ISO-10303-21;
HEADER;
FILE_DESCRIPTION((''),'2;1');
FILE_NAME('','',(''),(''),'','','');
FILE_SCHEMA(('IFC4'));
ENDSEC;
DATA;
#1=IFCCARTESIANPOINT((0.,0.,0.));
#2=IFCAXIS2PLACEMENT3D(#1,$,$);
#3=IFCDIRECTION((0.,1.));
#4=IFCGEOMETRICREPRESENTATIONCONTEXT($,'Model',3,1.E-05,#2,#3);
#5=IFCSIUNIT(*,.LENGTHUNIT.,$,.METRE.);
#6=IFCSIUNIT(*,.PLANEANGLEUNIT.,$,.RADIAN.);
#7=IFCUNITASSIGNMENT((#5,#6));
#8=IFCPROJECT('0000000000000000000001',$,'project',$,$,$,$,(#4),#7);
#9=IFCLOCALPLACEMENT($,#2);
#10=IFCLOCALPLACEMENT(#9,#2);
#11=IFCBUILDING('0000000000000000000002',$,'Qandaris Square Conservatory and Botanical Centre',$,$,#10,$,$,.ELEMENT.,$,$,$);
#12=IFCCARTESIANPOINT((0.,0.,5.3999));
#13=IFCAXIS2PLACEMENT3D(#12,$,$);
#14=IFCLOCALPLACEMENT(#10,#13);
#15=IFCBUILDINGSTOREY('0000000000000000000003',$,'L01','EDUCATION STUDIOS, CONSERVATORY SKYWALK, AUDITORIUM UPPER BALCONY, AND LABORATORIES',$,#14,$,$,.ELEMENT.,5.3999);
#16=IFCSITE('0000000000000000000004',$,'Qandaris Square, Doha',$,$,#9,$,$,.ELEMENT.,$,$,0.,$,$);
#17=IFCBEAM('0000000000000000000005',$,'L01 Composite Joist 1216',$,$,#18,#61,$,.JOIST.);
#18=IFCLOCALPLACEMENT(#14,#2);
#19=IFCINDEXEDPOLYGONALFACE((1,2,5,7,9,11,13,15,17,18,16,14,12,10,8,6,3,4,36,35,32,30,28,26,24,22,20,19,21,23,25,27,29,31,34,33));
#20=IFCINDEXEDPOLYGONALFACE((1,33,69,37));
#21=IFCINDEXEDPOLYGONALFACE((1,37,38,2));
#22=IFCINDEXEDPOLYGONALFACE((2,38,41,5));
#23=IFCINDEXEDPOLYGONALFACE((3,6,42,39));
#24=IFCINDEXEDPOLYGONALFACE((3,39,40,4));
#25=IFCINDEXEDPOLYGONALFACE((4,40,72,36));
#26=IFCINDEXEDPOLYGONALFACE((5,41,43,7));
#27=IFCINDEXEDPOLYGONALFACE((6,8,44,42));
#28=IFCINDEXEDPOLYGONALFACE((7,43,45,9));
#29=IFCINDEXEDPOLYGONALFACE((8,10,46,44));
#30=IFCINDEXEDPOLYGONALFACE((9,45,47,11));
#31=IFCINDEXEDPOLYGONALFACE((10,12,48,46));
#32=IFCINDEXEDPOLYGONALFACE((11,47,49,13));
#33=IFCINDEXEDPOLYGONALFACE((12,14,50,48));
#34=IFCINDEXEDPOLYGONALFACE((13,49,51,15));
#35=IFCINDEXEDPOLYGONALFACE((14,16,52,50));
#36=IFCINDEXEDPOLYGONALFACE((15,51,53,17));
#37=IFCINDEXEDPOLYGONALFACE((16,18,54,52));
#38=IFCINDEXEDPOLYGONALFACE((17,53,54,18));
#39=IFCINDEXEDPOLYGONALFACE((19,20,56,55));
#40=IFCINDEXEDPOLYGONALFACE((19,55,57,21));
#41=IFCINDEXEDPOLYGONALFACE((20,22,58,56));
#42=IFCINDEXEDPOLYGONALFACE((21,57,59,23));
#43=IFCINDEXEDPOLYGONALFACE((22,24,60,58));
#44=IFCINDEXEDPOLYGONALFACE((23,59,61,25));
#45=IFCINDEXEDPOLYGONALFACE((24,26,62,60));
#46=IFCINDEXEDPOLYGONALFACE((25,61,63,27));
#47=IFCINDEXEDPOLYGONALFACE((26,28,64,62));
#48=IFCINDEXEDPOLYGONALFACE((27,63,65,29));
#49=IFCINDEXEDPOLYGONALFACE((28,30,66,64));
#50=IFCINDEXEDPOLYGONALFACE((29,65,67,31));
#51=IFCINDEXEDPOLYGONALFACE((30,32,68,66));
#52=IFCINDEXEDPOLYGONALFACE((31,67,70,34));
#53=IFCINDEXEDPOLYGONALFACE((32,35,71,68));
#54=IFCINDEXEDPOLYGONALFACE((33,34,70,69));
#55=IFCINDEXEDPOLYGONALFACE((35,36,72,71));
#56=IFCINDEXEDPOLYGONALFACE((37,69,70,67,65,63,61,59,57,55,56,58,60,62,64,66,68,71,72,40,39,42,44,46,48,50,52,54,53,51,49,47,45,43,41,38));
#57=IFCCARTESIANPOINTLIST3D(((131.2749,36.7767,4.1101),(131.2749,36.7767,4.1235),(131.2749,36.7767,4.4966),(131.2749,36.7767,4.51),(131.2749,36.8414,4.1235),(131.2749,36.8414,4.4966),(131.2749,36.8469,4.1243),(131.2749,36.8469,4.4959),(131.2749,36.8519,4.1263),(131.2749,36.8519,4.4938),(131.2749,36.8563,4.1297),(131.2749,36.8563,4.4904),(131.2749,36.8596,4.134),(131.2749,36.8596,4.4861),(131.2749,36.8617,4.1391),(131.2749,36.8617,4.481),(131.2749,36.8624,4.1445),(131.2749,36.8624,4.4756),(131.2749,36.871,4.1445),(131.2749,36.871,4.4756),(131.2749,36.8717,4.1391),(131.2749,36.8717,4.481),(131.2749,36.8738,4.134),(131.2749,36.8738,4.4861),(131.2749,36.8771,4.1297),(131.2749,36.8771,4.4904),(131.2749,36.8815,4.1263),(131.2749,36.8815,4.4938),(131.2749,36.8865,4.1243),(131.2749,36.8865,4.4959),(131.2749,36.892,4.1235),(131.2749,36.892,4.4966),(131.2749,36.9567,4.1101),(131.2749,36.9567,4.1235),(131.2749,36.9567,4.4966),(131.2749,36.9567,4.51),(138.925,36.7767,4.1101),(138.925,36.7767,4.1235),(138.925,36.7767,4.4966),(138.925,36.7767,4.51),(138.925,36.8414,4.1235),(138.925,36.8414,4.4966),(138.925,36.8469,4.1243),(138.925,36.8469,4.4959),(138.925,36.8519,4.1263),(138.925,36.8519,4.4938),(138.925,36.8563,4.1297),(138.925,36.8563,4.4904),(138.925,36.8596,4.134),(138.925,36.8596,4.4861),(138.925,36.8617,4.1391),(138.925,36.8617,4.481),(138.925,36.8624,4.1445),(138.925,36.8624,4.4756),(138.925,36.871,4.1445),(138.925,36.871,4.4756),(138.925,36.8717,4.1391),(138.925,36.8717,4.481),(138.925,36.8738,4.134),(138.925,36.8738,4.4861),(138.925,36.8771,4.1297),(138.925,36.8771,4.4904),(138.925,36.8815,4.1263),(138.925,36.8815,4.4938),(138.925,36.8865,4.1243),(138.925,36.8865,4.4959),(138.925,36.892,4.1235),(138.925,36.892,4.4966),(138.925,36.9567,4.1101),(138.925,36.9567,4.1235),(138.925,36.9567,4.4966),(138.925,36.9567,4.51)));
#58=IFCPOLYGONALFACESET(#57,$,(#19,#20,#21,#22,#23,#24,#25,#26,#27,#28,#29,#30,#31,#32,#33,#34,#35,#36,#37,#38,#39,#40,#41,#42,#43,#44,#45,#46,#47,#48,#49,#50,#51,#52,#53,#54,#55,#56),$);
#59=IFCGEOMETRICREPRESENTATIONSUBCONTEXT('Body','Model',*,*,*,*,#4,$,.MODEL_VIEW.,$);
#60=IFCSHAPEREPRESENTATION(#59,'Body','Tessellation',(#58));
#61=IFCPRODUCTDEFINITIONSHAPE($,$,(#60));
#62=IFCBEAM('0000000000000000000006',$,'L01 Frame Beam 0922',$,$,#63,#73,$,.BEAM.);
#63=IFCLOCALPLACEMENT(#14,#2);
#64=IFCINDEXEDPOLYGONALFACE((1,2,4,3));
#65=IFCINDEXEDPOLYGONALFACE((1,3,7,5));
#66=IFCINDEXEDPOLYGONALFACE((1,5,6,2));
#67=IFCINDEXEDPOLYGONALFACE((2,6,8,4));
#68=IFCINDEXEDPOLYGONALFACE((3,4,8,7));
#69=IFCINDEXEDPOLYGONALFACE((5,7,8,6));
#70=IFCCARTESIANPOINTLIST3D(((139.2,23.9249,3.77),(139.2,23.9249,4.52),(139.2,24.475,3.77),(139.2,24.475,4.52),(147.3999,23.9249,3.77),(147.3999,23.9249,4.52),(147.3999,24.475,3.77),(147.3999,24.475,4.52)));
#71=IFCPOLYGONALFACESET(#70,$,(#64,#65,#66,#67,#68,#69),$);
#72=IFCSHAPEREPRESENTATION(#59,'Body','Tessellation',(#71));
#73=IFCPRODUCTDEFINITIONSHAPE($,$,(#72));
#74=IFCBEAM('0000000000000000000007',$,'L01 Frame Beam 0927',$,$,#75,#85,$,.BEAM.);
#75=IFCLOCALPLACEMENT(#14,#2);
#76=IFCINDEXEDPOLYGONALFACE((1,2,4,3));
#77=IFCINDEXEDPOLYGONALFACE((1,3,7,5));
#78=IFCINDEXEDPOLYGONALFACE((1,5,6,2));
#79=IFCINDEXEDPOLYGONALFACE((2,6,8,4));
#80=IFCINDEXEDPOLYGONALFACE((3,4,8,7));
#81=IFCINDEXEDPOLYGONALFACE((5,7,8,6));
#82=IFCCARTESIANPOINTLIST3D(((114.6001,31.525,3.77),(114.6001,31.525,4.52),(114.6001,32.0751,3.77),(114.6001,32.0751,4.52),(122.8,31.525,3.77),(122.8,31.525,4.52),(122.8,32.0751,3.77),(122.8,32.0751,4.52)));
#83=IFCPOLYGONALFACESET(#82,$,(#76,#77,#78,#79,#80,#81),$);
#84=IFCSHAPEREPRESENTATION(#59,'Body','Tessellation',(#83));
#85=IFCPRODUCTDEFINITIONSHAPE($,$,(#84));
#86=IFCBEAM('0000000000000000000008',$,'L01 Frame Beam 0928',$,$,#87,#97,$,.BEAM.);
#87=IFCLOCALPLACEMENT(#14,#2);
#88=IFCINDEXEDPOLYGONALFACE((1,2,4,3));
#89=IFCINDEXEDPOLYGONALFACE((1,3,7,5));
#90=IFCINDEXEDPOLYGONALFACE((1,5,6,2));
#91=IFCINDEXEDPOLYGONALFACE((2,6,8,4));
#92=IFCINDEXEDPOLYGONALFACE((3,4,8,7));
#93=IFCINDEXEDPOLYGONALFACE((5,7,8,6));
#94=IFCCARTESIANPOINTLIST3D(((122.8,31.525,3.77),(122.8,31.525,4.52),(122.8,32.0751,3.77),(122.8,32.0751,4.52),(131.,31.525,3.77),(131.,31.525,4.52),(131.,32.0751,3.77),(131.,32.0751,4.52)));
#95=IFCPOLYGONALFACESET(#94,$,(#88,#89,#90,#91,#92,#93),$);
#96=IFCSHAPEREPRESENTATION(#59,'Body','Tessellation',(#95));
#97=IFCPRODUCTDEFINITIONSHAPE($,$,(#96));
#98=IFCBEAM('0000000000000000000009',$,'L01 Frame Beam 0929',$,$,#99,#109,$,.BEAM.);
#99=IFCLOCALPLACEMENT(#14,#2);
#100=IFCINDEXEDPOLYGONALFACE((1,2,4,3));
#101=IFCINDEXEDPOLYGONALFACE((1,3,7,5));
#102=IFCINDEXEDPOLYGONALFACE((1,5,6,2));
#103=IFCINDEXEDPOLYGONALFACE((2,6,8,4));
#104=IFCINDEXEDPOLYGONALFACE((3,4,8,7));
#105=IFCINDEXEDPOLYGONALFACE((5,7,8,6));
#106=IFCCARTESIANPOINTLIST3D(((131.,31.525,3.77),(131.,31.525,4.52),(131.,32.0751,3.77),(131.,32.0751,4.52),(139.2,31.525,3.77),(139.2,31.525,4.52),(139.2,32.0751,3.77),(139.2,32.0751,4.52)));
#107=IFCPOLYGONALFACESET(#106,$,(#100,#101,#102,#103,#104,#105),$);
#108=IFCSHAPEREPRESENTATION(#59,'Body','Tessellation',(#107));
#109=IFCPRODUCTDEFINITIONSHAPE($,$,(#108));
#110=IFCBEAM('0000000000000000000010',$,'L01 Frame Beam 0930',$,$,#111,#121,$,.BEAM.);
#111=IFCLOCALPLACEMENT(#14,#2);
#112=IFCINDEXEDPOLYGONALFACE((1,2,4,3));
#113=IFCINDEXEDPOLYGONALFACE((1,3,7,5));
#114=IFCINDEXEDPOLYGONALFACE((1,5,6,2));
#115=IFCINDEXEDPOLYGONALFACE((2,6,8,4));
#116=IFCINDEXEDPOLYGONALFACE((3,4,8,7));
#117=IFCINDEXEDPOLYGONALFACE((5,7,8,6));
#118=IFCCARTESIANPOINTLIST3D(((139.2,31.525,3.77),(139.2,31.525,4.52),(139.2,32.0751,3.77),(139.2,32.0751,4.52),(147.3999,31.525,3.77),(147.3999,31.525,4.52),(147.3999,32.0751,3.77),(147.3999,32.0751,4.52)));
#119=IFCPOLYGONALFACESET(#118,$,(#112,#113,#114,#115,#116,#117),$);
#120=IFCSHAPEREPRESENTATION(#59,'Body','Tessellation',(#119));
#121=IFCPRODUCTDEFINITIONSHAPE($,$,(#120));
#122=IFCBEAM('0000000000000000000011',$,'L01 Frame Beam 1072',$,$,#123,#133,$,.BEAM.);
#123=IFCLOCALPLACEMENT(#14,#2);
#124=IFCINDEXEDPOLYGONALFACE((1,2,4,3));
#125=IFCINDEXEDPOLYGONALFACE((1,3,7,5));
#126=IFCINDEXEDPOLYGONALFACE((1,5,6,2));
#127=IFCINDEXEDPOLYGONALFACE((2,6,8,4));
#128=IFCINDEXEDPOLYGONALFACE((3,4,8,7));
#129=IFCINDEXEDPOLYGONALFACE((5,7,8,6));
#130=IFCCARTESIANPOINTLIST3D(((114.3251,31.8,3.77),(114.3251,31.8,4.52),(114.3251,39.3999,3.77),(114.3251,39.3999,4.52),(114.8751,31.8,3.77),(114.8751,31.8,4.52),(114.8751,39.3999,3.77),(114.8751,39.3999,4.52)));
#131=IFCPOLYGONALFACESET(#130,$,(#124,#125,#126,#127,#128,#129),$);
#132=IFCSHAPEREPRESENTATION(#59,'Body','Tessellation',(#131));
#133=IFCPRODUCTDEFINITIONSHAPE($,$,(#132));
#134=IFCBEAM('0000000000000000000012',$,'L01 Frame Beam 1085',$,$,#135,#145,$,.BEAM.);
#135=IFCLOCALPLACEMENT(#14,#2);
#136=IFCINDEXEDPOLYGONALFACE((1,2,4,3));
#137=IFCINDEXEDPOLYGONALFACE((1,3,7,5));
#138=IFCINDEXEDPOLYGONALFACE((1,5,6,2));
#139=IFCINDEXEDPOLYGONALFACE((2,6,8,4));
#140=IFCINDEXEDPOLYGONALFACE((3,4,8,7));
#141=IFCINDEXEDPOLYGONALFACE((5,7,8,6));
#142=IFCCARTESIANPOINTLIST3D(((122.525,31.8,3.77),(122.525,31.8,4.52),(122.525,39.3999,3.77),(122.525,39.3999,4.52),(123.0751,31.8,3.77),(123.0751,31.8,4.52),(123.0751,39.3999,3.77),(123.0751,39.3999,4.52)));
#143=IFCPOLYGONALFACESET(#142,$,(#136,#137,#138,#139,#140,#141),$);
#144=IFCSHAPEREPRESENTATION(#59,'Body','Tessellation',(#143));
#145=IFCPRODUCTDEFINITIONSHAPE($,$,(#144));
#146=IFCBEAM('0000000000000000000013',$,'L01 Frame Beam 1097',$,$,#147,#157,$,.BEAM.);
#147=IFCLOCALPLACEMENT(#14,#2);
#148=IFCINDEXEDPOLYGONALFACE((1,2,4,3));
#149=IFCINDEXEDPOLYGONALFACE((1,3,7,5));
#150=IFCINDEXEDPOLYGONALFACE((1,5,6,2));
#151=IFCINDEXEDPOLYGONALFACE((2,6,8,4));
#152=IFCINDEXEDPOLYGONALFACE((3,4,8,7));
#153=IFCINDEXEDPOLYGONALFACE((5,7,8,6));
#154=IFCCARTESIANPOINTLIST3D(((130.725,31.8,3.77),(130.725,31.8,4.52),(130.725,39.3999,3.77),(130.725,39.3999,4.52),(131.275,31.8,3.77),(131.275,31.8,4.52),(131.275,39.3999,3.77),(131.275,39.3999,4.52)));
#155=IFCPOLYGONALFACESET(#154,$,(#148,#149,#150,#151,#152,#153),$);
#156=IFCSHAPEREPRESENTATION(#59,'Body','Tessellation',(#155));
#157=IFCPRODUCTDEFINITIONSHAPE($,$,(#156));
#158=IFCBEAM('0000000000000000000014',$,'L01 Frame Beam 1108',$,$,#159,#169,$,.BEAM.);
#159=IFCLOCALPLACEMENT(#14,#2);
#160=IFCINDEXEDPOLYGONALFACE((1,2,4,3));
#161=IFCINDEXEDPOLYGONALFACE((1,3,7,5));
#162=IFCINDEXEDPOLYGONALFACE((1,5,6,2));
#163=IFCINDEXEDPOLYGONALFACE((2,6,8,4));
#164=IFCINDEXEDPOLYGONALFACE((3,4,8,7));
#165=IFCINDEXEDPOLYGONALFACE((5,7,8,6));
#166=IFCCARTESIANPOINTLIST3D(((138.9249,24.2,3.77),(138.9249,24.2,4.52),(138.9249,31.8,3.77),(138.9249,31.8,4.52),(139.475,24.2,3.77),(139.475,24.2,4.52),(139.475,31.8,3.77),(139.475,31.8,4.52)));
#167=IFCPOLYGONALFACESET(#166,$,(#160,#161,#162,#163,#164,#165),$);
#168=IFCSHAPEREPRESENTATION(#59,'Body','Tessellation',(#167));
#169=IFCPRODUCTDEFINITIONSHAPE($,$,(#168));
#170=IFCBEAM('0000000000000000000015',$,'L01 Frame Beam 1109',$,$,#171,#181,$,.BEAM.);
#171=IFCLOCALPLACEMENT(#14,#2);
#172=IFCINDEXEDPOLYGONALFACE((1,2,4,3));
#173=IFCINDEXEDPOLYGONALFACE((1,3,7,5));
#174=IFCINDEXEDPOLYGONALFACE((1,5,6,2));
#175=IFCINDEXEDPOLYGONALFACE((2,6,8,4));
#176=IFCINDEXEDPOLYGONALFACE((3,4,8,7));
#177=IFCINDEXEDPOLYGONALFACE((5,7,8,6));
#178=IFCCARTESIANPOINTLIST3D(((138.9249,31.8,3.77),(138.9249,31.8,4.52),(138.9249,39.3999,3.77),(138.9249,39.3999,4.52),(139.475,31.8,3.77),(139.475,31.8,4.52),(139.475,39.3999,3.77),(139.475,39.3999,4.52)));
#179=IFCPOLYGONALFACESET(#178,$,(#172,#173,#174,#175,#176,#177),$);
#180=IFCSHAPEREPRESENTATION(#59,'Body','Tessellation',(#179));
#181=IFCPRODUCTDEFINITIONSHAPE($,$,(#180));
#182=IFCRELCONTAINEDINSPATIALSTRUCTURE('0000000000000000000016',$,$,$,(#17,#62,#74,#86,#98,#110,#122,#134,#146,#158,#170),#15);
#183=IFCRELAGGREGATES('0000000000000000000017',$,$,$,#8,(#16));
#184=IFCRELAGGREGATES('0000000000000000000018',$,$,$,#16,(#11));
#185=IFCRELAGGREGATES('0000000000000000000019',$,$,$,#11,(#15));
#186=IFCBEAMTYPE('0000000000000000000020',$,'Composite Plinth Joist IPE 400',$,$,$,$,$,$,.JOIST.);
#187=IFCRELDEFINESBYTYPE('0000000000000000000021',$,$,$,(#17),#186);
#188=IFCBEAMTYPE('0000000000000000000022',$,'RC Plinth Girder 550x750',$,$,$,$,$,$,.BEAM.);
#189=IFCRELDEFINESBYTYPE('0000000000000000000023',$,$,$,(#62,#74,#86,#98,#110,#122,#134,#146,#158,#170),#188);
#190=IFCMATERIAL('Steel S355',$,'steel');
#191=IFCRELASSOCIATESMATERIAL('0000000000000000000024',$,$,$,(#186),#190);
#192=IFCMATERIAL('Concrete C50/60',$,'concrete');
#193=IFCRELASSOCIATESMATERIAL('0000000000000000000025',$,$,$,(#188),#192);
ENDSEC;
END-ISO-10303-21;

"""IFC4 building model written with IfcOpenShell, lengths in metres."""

from ifc_helpers import new_model, si_unit, direction, frame, origin, origin_2d, place, context, subcontext, project, spatial, rectangle, i_section, extrude, material, material_profile, profile_set, type_object, element, save


model = new_model("IFC4")

# Units and contexts
model_context = context("Model", 3, precision=1e-05, world=origin(), true_north=direction((0.0, 1.0)))
body_context = subcontext(model_context, "Body", "Model", "MODEL_VIEW")
ifc_project = project(units=[si_unit("LENGTHUNIT", "METRE"), si_unit("PLANEANGLEUNIT", "RADIAN")], contexts=[model_context])

# Site, building, storey
site_placement = place(None, origin())
site = spatial("IfcSite", under=ifc_project, at=site_placement, Name="Qandaris Square, Doha", CompositionType="ELEMENT", RefElevation=0.0)
building_placement = place(site_placement, origin())
building = spatial("IfcBuilding", under=site, at=building_placement, Name="Qandaris Square Conservatory and Botanical Centre", CompositionType="ELEMENT")
storey_placement = place(building_placement, frame((0.0, 0.0, 5.3999)))
storey = spatial("IfcBuildingStorey", under=building, at=storey_placement, Name="L01", Description="EDUCATION STUDIOS, CONSERVATORY SKYWALK, AUDITORIUM UPPER BALCONY, AND LABORATORIES", CompositionType="ELEMENT", Elevation=5.3999)

# Shared definitions
ifc_material_1 = material(Name="Concrete C50/60", Category="concrete")

# Beams
ifc_material_2 = material(Name="Steel S355", Category="steel")
ifc_material_profile_1 = material_profile(ifc_material_2, i_section(OverallWidth=0.1799, OverallDepth=0.3999, WebThickness=0.0085, FlangeThickness=0.0134, FilletRadius=0.021, at=origin_2d()), Name="IPE 400")
ifc_profile_set_1 = profile_set([ifc_material_profile_1], Name="Steel S355")
beam_type_1 = type_object("IfcBeamType", Name="Composite Plinth Joist IPE 400", PredefinedType="JOIST", material=ifc_profile_set_1)
beam_1_placement = place(storey_placement, frame((131.2749, 36.8667, 4.3101), z_axis=(1.0, 0.0, 0.0), x_axis=(0.0, 1.0, 0.0)))
element("IfcBeam", 1, at=beam_1_placement, inside=storey, type_object=beam_type_1, Name="L01 Composite Joist 1216", PredefinedType="JOIST", context=body_context, shape_type="SweptSolid", body=[
    extrude(i_section(OverallWidth=0.1799, OverallDepth=0.3999, WebThickness=0.0085, FlangeThickness=0.0134, FilletRadius=0.021, at=origin_2d()), origin(), (0.0, 0.0, 1.0), 7.6501),
])
ifc_material_profile_2 = material_profile(ifc_material_1, rectangle(XDim=0.55, YDim=0.75, at=origin_2d()), Name="RC-BM 550x750")
ifc_profile_set_2 = profile_set([ifc_material_profile_2], Name="Concrete C50/60")
beam_type_2 = type_object("IfcBeamType", Name="RC Plinth Girder 550x750", PredefinedType="BEAM", material=ifc_profile_set_2)
for number, where, z_axis, x_axis, name in (
    (2, (139.2, 24.2, 4.145), (1.0, 0.0, 0.0), (0.0, 1.0, 0.0), "L01 Frame Beam 0922"),
    (3, (114.6001, 31.8, 4.145), (1.0, 0.0, 0.0), (0.0, 1.0, 0.0), "L01 Frame Beam 0927"),
    (4, (122.8, 31.8, 4.145), (1.0, 0.0, 0.0), (0.0, 1.0, 0.0), "L01 Frame Beam 0928"),
    (5, (131.0, 31.8, 4.145), (1.0, 0.0, 0.0), (0.0, 1.0, 0.0), "L01 Frame Beam 0929"),
    (6, (139.2, 31.8, 4.145), (1.0, 0.0, 0.0), (0.0, 1.0, 0.0), "L01 Frame Beam 0930"),
):
    element("IfcBeam", number, at=place(storey_placement, frame(where, z_axis=z_axis, x_axis=x_axis)), inside=storey, type_object=beam_type_2, Name=name, PredefinedType="BEAM", context=body_context, shape_type="SweptSolid", body=[
        extrude(rectangle(XDim=0.55, YDim=0.75, at=origin_2d()), origin(), (0.0, 0.0, 1.0), 8.2),
    ])
for number, where, z_axis, x_axis, name in (
    (7, (114.6001, 31.8, 4.145), (0.0, 1.0, 0.0), (-1.0, 0.0, 0.0), "L01 Frame Beam 1072"),
    (8, (122.8, 31.8, 4.145), (0.0, 1.0, 0.0), (-1.0, 0.0, 0.0), "L01 Frame Beam 1085"),
    (9, (131.0, 31.8, 4.145), (0.0, 1.0, 0.0), (-1.0, 0.0, 0.0), "L01 Frame Beam 1097"),
):
    element("IfcBeam", number, at=place(storey_placement, frame(where, z_axis=z_axis, x_axis=x_axis)), inside=storey, type_object=beam_type_2, Name=name, PredefinedType="BEAM", context=body_context, shape_type="SweptSolid", body=[
        extrude(rectangle(XDim=0.55, YDim=0.75, at=origin_2d()), origin(), (0.0, 0.0, 1.0), 7.5999),
    ])
beam_2_placement = place(storey_placement, frame((139.2, 24.2, 4.145), z_axis=(0.0, 1.0, 0.0), x_axis=(-1.0, 0.0, 0.0)))
element("IfcBeam", 10, at=beam_2_placement, inside=storey, type_object=beam_type_2, Name="L01 Frame Beam 1108", PredefinedType="BEAM", context=body_context, shape_type="SweptSolid", body=[
    extrude(rectangle(XDim=0.55, YDim=0.75, at=origin_2d()), origin(), (0.0, 0.0, 1.0), 7.6001),
])
beam_3_placement = place(storey_placement, frame((139.2, 31.8, 4.145), z_axis=(0.0, 1.0, 0.0), x_axis=(-1.0, 0.0, 0.0)))
element("IfcBeam", 11, at=beam_3_placement, inside=storey, type_object=beam_type_2, Name="L01 Frame Beam 1109", PredefinedType="BEAM", context=body_context, shape_type="SweptSolid", body=[
    extrude(rectangle(XDim=0.55, YDim=0.75, at=origin_2d()), origin(), (0.0, 0.0, 1.0), 7.5999),
])

save(model, "model.ifc")
